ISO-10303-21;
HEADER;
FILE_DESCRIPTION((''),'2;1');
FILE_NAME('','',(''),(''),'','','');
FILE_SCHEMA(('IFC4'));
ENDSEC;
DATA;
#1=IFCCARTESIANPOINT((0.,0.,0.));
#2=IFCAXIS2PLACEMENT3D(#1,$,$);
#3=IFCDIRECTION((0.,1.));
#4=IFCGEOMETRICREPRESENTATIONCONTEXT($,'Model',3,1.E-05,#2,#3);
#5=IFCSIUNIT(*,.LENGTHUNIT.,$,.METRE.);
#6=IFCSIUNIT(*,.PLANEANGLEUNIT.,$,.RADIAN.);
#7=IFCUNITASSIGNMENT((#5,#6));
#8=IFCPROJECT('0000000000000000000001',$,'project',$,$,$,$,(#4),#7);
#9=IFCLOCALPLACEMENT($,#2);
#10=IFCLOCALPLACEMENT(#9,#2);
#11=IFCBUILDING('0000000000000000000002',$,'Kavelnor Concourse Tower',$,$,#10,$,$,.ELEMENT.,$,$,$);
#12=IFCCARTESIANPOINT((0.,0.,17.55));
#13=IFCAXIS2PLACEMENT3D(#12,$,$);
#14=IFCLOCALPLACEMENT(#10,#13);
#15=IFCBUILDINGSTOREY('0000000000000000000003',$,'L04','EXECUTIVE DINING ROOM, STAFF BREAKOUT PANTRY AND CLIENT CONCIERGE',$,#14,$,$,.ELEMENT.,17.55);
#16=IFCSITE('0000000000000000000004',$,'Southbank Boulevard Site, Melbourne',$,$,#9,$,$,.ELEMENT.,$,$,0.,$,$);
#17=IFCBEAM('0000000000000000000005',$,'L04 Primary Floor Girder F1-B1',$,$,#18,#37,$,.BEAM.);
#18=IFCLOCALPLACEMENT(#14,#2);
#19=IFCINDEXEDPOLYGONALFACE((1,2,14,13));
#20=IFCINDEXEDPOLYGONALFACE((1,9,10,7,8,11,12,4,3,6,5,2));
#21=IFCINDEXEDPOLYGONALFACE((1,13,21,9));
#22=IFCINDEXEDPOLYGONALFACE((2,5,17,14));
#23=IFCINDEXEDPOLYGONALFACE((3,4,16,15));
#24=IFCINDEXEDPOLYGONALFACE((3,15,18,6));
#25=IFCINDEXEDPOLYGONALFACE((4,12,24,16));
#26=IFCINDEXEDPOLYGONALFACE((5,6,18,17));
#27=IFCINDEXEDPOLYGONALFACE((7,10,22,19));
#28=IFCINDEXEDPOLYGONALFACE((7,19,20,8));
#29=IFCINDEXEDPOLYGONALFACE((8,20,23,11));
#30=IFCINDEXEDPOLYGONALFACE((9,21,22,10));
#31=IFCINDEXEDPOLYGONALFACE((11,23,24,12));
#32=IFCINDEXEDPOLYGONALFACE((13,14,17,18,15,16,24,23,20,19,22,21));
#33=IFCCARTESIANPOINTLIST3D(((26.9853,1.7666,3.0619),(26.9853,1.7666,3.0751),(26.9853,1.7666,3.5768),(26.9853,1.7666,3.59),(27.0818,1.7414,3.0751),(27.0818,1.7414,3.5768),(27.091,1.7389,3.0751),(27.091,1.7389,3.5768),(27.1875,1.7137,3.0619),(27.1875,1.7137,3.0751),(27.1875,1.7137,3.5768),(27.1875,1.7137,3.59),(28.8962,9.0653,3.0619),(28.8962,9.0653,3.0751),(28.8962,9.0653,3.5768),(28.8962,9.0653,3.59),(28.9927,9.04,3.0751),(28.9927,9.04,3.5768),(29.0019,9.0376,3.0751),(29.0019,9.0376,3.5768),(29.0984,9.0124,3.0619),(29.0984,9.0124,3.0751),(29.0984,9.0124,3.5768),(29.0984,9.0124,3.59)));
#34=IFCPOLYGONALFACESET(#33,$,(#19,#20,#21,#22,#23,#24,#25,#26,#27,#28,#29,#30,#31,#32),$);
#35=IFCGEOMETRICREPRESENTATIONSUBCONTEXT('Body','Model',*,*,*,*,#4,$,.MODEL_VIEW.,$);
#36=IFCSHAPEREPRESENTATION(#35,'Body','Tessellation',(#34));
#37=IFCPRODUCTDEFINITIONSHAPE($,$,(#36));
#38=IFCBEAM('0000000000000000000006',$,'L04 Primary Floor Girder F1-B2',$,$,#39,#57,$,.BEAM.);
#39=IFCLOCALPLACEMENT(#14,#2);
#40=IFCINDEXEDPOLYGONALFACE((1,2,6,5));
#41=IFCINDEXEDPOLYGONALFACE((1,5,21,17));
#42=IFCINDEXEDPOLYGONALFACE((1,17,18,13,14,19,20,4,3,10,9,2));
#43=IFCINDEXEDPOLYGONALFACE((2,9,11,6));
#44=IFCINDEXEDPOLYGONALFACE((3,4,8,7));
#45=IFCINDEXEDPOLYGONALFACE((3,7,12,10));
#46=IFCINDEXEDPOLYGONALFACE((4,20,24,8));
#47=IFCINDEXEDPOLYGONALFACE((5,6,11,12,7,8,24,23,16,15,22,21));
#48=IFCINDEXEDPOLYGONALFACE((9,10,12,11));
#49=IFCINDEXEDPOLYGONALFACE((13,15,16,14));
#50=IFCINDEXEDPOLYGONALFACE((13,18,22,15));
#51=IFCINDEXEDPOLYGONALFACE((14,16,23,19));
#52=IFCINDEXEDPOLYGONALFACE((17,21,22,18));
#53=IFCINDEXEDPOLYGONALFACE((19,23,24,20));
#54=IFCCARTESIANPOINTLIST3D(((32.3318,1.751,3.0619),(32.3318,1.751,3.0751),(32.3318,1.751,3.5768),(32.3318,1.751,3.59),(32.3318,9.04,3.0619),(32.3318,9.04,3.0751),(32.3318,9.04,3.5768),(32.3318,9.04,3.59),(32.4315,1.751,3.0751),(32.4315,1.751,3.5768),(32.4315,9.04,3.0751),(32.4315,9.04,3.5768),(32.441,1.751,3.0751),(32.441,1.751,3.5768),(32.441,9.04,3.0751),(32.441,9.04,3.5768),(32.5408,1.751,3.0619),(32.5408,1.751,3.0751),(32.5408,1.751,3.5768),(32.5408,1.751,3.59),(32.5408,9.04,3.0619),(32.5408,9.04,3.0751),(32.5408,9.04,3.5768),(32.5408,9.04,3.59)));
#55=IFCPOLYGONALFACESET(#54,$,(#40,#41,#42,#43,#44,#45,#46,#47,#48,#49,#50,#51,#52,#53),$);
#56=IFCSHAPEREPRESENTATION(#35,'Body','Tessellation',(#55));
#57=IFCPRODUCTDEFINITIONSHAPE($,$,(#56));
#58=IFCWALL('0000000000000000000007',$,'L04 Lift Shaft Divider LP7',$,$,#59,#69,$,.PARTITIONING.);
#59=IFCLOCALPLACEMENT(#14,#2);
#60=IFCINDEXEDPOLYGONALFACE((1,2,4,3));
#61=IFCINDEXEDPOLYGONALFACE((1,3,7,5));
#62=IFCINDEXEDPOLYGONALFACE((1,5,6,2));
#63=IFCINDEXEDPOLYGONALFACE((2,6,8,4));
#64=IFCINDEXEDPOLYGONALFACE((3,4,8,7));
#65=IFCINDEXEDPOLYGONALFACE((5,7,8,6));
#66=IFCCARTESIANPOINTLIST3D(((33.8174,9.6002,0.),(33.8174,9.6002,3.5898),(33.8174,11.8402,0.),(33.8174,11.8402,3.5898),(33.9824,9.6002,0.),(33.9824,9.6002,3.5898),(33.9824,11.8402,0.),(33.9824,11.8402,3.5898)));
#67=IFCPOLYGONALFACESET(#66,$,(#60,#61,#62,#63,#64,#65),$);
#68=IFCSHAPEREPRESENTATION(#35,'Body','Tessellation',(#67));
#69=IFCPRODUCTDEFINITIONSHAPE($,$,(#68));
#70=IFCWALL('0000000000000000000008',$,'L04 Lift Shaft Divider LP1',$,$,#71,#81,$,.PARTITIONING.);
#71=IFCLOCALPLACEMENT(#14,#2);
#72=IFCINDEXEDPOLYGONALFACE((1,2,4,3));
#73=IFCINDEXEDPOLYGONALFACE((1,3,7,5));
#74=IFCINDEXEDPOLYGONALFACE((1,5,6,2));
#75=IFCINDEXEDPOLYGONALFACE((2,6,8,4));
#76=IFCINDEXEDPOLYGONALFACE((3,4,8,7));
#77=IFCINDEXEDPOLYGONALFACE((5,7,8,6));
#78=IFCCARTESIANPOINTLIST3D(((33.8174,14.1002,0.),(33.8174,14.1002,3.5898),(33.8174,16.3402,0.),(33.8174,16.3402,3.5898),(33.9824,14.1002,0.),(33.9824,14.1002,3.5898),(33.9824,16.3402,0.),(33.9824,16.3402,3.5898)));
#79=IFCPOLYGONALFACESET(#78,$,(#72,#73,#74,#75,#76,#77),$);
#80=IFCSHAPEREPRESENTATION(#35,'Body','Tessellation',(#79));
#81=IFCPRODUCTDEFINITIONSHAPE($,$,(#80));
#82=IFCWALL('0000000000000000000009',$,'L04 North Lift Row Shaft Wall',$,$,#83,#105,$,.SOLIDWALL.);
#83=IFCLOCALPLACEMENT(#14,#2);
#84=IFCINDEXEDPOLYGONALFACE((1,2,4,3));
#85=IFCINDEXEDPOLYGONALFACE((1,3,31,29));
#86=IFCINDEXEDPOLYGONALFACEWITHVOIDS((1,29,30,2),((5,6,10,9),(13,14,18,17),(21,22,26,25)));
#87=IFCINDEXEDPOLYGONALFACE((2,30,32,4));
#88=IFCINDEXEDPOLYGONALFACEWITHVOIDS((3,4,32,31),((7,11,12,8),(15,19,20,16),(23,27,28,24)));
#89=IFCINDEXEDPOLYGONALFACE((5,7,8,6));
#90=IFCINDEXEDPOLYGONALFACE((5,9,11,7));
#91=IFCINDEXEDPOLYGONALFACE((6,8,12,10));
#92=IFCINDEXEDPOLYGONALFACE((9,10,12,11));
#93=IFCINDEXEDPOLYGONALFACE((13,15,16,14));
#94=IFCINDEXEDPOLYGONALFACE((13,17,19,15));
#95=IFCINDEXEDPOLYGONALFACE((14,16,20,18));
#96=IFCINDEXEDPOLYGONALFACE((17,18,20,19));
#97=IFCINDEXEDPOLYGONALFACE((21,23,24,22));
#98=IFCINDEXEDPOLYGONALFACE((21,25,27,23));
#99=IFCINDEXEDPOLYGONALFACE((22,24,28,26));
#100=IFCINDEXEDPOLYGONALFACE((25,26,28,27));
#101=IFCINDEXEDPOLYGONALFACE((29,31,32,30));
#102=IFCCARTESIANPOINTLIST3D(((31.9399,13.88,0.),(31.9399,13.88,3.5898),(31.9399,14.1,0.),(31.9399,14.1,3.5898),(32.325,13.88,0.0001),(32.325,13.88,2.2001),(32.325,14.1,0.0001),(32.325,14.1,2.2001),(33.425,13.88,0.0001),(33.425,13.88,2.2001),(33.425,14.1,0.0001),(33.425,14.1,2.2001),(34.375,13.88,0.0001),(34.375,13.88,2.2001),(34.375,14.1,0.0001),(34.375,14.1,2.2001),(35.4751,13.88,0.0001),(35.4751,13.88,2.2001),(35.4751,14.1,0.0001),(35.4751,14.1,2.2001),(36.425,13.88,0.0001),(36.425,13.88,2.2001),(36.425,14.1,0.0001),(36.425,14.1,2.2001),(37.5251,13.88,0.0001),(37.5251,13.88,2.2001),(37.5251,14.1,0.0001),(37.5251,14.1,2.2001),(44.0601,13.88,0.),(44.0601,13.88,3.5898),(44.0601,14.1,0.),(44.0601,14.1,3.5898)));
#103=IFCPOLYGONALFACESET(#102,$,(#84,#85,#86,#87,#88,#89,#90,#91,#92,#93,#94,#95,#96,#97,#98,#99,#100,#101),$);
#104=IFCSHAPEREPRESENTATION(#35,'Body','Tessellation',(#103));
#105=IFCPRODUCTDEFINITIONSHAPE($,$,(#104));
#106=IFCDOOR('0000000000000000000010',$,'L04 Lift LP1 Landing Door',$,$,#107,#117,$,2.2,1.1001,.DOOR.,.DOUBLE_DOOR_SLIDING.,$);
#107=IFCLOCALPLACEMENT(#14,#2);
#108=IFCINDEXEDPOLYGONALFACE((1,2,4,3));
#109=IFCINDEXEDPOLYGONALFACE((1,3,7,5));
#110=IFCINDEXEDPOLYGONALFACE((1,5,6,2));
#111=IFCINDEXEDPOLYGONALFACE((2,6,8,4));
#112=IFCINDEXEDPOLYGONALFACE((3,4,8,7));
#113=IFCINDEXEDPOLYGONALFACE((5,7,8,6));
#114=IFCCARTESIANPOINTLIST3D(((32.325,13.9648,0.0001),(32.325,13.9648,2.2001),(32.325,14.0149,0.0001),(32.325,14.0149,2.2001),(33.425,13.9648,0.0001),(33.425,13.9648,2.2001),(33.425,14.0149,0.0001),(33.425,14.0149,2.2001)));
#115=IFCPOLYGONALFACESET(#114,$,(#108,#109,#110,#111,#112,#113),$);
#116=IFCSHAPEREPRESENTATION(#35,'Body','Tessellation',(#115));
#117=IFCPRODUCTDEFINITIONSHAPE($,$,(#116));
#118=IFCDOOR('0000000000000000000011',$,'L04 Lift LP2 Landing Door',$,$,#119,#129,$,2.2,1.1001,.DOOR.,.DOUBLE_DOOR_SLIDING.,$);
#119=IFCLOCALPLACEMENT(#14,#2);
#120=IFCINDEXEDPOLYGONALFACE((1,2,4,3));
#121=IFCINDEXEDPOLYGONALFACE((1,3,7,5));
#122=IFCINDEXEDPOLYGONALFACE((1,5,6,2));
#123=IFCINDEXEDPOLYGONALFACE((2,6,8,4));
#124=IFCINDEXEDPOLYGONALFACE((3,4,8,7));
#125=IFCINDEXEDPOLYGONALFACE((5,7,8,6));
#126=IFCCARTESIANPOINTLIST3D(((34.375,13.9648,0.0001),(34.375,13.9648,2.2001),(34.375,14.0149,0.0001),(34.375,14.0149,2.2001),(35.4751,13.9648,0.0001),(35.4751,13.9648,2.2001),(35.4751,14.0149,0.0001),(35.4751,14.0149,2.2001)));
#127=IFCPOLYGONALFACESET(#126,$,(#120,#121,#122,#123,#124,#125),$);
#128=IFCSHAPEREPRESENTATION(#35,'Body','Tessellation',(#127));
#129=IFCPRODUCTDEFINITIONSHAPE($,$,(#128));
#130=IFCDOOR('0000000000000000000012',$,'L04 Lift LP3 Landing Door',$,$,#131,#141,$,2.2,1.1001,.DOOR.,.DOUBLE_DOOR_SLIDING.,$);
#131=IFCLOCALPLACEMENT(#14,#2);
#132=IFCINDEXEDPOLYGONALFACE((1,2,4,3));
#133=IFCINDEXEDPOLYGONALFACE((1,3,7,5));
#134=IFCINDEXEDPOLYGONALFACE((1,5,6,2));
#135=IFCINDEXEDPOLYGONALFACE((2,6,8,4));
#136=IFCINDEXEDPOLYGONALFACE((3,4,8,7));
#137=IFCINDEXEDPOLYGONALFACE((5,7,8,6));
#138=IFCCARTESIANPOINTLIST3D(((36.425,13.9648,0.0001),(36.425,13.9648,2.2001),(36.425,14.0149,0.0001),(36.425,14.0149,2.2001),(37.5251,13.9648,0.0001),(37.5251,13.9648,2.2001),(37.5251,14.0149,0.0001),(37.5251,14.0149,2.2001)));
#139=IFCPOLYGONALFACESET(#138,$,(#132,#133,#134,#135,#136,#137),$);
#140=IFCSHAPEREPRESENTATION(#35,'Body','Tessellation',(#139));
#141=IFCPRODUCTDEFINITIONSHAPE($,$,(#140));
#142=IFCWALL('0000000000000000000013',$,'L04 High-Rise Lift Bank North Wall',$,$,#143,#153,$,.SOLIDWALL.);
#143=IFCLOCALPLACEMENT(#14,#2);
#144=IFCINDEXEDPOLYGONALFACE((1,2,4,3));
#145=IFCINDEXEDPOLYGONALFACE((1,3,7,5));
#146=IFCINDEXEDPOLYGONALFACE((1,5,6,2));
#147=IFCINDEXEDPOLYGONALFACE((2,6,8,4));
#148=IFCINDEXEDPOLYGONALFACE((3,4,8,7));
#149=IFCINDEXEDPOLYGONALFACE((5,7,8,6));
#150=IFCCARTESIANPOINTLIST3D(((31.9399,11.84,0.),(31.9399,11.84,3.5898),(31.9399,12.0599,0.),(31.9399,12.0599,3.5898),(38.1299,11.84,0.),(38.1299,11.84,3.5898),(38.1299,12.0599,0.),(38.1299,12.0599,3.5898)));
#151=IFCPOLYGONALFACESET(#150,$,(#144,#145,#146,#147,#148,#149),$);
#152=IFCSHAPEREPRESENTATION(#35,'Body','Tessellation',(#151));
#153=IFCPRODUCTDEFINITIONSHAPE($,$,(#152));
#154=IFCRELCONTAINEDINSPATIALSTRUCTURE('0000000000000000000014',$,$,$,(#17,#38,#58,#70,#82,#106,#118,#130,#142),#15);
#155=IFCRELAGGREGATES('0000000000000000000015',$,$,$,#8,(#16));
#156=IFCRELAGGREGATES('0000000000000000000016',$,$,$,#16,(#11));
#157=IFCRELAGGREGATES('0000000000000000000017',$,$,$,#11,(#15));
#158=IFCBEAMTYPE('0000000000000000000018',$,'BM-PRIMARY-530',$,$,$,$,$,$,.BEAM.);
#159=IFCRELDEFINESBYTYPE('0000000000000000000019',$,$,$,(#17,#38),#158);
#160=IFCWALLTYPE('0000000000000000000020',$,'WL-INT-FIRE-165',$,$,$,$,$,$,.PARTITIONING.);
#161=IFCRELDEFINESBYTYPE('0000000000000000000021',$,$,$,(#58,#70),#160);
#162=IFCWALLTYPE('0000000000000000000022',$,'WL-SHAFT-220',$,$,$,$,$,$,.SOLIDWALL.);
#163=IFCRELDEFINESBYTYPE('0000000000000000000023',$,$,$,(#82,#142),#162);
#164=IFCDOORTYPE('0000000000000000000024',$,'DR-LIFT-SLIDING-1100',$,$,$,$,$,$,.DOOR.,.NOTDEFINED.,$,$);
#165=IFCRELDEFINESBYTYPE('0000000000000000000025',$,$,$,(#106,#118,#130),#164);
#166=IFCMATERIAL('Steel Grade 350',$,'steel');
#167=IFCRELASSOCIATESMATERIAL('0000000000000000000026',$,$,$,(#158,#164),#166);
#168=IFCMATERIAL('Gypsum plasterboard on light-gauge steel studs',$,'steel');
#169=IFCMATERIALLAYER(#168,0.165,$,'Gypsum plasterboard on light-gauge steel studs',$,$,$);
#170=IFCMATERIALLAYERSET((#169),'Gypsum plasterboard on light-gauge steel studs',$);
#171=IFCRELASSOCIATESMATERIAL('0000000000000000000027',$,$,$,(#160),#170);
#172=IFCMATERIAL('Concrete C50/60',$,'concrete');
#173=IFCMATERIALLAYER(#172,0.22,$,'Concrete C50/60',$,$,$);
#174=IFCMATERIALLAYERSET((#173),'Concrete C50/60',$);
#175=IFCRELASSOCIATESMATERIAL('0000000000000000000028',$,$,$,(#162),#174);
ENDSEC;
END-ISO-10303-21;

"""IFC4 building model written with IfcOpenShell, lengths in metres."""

from ifc_helpers import new_model, si_unit, direction, frame, frame_2d, origin, origin_2d, place, context, subcontext, project, spatial, rectangle, i_section, extrude, material, layer, layer_set, material_profile, profile_set, type_object, element, fill, save


model = new_model("IFC4")

# Units and contexts
model_context = context("Model", 3, precision=1e-05, world=origin(), true_north=direction((0.0, 1.0)))
body_context = subcontext(model_context, "Body", "Model", "MODEL_VIEW")
ifc_project = project(units=[si_unit("LENGTHUNIT", "METRE"), si_unit("PLANEANGLEUNIT", "RADIAN")], contexts=[model_context])

# Site, building, storey
site_placement = place(None, origin())
site = spatial("IfcSite", under=ifc_project, at=site_placement, Name="Southbank Boulevard Site, Melbourne", CompositionType="ELEMENT", RefElevation=0.0)
building_placement = place(site_placement, origin())
building = spatial("IfcBuilding", under=site, at=building_placement, Name="Kavelnor Concourse Tower", CompositionType="ELEMENT")
storey_placement = place(building_placement, frame((0.0, 0.0, 17.55)))
storey = spatial("IfcBuildingStorey", under=building, at=storey_placement, Name="L04", Description="EXECUTIVE DINING ROOM, STAFF BREAKOUT PANTRY AND CLIENT CONCIERGE", CompositionType="ELEMENT", Elevation=17.55)

# Beams
ifc_material_1 = material(Name="Steel Grade 350", Category="steel")
ifc_material_profile = material_profile(ifc_material_1, i_section(OverallWidth=0.209, OverallDepth=0.5281, WebThickness=0.0095, FlangeThickness=0.0132, at=origin_2d()), Name="530UB82")
ifc_profile_set = profile_set([ifc_material_profile], Name="Steel Grade 350")
beam_type = type_object("IfcBeamType", Name="BM-PRIMARY-530", PredefinedType="BEAM", material=ifc_profile_set)
beam_1_placement = place(storey_placement, frame((28.9973, 9.0388, 3.3259), z_axis=(-0.253279, -0.967393, 0.0), x_axis=(0.967393, -0.253279, 0.0)))
element("IfcBeam", 1, at=beam_1_placement, inside=storey, type_object=beam_type, Name="L04 Primary Floor Girder F1-B1", PredefinedType="BEAM", context=body_context, shape_type="SweptSolid", body=[
    extrude(i_section(OverallWidth=0.209, OverallDepth=0.5281, WebThickness=0.0095, FlangeThickness=0.0132, at=origin_2d()), origin(), (0.0, 0.0, 1.0), 7.5447),
])
beam_2_placement = place(storey_placement, frame((32.4363, 9.04, 3.3259), z_axis=(0.0, -1.0, 0.0), x_axis=(1.0, 0.0, 0.0)))
element("IfcBeam", 2, at=beam_2_placement, inside=storey, type_object=beam_type, Name="L04 Primary Floor Girder F1-B2", PredefinedType="BEAM", context=body_context, shape_type="SweptSolid", body=[
    extrude(i_section(OverallWidth=0.209, OverallDepth=0.5281, WebThickness=0.0095, FlangeThickness=0.0132, at=origin_2d()), origin(), (0.0, 0.0, 1.0), 7.2891),
])

# Walls
ifc_material_2 = material(Name="Gypsum plasterboard on light-gauge steel studs", Category="steel")
ifc_layer_1 = layer(ifc_material_2, 0.165, Name="Gypsum plasterboard on light-gauge steel studs")
ifc_layer_set_1 = layer_set([ifc_layer_1], Name="Gypsum plasterboard on light-gauge steel studs")
wall_type_1 = type_object("IfcWallType", Name="WL-INT-FIRE-165", PredefinedType="PARTITIONING", material=ifc_layer_set_1)
for number, where, z_axis, x_axis, name in (
    (3, (33.8999, 9.6001, 0.0), (0.0, 0.0, 1.0), (0.0, 1.0, 0.0), "L04 Lift Shaft Divider LP7"),
    (4, (33.8999, 14.1001, 0.0), (0.0, 0.0, 1.0), (0.0, 1.0, 0.0), "L04 Lift Shaft Divider LP1"),
):
    element("IfcWall", number, at=place(storey_placement, frame(where, z_axis=z_axis, x_axis=x_axis)), inside=storey, type_object=wall_type_1, Name=name, PredefinedType="PARTITIONING", context=body_context, shape_type="SweptSolid", body=[
        extrude(rectangle(XDim=2.24, YDim=0.165, at=frame_2d((1.1201, 0.0))), origin(), (0.0, 0.0, 1.0), 3.5898),
    ])

# Wall, openings, doors
ifc_material_3 = material(Name="Concrete C50/60", Category="concrete")
ifc_layer_2 = layer(ifc_material_3, 0.22, Name="Concrete C50/60")
ifc_layer_set_2 = layer_set([ifc_layer_2], Name="Concrete C50/60")
wall_type_2 = type_object("IfcWallType", Name="WL-SHAFT-220", PredefinedType="SOLIDWALL", material=ifc_layer_set_2)
wall_1_placement = place(storey_placement, frame((31.9399, 13.99, 0.0), z_axis=(0.0, 0.0, 1.0), x_axis=(1.0, 0.0, 0.0)))
wall_1 = element("IfcWall", 5, at=wall_1_placement, inside=storey, type_object=wall_type_2, Name="L04 North Lift Row Shaft Wall", PredefinedType="SOLIDWALL", context=body_context, shape_type="SweptSolid", body=[
    extrude(rectangle(XDim=12.1201, YDim=0.22, at=frame_2d((6.0601, 0.0))), origin(), (0.0, 0.0, 1.0), 3.5898),
])
opening_1_placement = place(wall_1_placement, frame((0.385, 0.0, 0.0)))
opening_1 = element("IfcOpeningElement", 6, at=opening_1_placement, cuts=wall_1, PredefinedType="OPENING", context=body_context, shape_type="SweptSolid", body=[
    extrude(rectangle(XDim=1.1001, YDim=2.2, at=frame_2d((0.55, 1.1001))), frame((0.0, 0.1201, 0.0), z_axis=(0.0, -1.0, 0.0), x_axis=(1.0, 0.0, 0.0)), (0.0, 0.0, 1.0), 0.24),
])
opening_2_placement = place(wall_1_placement, frame((2.4351, 0.0, 0.0)))
opening_2 = element("IfcOpeningElement", 7, at=opening_2_placement, cuts=wall_1, PredefinedType="OPENING", context=body_context, shape_type="SweptSolid", body=[
    extrude(rectangle(XDim=1.1001, YDim=2.2, at=frame_2d((0.55, 1.1001))), frame((0.0, 0.1201, 0.0), z_axis=(0.0, -1.0, 0.0), x_axis=(1.0, 0.0, 0.0)), (0.0, 0.0, 1.0), 0.24),
])
opening_3_placement = place(wall_1_placement, frame((4.4851, 0.0, 0.0)))
opening_3 = element("IfcOpeningElement", 8, at=opening_3_placement, cuts=wall_1, PredefinedType="OPENING", context=body_context, shape_type="SweptSolid", body=[
    extrude(rectangle(XDim=1.1001, YDim=2.2, at=frame_2d((0.55, 1.1001))), frame((0.0, 0.1201, 0.0), z_axis=(0.0, -1.0, 0.0), x_axis=(1.0, 0.0, 0.0)), (0.0, 0.0, 1.0), 0.24),
])
door_type_1 = type_object("IfcDoorType", Name="DR-LIFT-SLIDING-1100", OperationType="NOTDEFINED", PredefinedType="DOOR", material=ifc_material_1)
door_1_placement = place(opening_1_placement, origin())
door_1 = element("IfcDoor", 9, at=door_1_placement, inside=storey, type_object=door_type_1, Name="L04 Lift LP1 Landing Door", OperationType="DOUBLE_DOOR_SLIDING", OverallHeight=2.2, OverallWidth=1.1001, PredefinedType="DOOR", context=body_context, shape_type="SweptSolid", body=[
    extrude(rectangle(XDim=1.1001, YDim=2.2, at=frame_2d((0.55, 1.1001))), frame((0.0, 0.0249, 0.0), z_axis=(0.0, -1.0, 0.0), x_axis=(1.0, 0.0, 0.0)), (0.0, 0.0, 1.0), 0.05),
])
fill(opening_1, door_1)
door_2_placement = place(opening_2_placement, origin())
door_2 = element("IfcDoor", 10, at=door_2_placement, inside=storey, type_object=door_type_1, Name="L04 Lift LP2 Landing Door", OperationType="DOUBLE_DOOR_SLIDING", OverallHeight=2.2, OverallWidth=1.1001, PredefinedType="DOOR", context=body_context, shape_type="SweptSolid", body=[
    extrude(rectangle(XDim=1.1001, YDim=2.2, at=frame_2d((0.55, 1.1001))), frame((0.0, 0.0249, 0.0), z_axis=(0.0, -1.0, 0.0), x_axis=(1.0, 0.0, 0.0)), (0.0, 0.0, 1.0), 0.05),
])
fill(opening_2, door_2)
door_3_placement = place(opening_3_placement, origin())
door_3 = element("IfcDoor", 11, at=door_3_placement, inside=storey, type_object=door_type_1, Name="L04 Lift LP3 Landing Door", OperationType="DOUBLE_DOOR_SLIDING", OverallHeight=2.2, OverallWidth=1.1001, PredefinedType="DOOR", context=body_context, shape_type="SweptSolid", body=[
    extrude(rectangle(XDim=1.1001, YDim=2.2, at=frame_2d((0.55, 1.1001))), frame((0.0, 0.0249, 0.0), z_axis=(0.0, -1.0, 0.0), x_axis=(1.0, 0.0, 0.0)), (0.0, 0.0, 1.0), 0.05),
])
fill(opening_3, door_3)

# Wall
wall_2_placement = place(storey_placement, frame((31.9399, 11.95, 0.0), z_axis=(0.0, 0.0, 1.0), x_axis=(1.0, 0.0, 0.0)))
element("IfcWall", 12, at=wall_2_placement, inside=storey, type_object=wall_type_2, Name="L04 High-Rise Lift Bank North Wall", PredefinedType="SOLIDWALL", context=body_context, shape_type="SweptSolid", body=[
    extrude(rectangle(XDim=6.1899, YDim=0.22, at=frame_2d((3.095, 0.0))), origin(), (0.0, 0.0, 1.0), 3.5898),
])

save(model, "model.ifc")
